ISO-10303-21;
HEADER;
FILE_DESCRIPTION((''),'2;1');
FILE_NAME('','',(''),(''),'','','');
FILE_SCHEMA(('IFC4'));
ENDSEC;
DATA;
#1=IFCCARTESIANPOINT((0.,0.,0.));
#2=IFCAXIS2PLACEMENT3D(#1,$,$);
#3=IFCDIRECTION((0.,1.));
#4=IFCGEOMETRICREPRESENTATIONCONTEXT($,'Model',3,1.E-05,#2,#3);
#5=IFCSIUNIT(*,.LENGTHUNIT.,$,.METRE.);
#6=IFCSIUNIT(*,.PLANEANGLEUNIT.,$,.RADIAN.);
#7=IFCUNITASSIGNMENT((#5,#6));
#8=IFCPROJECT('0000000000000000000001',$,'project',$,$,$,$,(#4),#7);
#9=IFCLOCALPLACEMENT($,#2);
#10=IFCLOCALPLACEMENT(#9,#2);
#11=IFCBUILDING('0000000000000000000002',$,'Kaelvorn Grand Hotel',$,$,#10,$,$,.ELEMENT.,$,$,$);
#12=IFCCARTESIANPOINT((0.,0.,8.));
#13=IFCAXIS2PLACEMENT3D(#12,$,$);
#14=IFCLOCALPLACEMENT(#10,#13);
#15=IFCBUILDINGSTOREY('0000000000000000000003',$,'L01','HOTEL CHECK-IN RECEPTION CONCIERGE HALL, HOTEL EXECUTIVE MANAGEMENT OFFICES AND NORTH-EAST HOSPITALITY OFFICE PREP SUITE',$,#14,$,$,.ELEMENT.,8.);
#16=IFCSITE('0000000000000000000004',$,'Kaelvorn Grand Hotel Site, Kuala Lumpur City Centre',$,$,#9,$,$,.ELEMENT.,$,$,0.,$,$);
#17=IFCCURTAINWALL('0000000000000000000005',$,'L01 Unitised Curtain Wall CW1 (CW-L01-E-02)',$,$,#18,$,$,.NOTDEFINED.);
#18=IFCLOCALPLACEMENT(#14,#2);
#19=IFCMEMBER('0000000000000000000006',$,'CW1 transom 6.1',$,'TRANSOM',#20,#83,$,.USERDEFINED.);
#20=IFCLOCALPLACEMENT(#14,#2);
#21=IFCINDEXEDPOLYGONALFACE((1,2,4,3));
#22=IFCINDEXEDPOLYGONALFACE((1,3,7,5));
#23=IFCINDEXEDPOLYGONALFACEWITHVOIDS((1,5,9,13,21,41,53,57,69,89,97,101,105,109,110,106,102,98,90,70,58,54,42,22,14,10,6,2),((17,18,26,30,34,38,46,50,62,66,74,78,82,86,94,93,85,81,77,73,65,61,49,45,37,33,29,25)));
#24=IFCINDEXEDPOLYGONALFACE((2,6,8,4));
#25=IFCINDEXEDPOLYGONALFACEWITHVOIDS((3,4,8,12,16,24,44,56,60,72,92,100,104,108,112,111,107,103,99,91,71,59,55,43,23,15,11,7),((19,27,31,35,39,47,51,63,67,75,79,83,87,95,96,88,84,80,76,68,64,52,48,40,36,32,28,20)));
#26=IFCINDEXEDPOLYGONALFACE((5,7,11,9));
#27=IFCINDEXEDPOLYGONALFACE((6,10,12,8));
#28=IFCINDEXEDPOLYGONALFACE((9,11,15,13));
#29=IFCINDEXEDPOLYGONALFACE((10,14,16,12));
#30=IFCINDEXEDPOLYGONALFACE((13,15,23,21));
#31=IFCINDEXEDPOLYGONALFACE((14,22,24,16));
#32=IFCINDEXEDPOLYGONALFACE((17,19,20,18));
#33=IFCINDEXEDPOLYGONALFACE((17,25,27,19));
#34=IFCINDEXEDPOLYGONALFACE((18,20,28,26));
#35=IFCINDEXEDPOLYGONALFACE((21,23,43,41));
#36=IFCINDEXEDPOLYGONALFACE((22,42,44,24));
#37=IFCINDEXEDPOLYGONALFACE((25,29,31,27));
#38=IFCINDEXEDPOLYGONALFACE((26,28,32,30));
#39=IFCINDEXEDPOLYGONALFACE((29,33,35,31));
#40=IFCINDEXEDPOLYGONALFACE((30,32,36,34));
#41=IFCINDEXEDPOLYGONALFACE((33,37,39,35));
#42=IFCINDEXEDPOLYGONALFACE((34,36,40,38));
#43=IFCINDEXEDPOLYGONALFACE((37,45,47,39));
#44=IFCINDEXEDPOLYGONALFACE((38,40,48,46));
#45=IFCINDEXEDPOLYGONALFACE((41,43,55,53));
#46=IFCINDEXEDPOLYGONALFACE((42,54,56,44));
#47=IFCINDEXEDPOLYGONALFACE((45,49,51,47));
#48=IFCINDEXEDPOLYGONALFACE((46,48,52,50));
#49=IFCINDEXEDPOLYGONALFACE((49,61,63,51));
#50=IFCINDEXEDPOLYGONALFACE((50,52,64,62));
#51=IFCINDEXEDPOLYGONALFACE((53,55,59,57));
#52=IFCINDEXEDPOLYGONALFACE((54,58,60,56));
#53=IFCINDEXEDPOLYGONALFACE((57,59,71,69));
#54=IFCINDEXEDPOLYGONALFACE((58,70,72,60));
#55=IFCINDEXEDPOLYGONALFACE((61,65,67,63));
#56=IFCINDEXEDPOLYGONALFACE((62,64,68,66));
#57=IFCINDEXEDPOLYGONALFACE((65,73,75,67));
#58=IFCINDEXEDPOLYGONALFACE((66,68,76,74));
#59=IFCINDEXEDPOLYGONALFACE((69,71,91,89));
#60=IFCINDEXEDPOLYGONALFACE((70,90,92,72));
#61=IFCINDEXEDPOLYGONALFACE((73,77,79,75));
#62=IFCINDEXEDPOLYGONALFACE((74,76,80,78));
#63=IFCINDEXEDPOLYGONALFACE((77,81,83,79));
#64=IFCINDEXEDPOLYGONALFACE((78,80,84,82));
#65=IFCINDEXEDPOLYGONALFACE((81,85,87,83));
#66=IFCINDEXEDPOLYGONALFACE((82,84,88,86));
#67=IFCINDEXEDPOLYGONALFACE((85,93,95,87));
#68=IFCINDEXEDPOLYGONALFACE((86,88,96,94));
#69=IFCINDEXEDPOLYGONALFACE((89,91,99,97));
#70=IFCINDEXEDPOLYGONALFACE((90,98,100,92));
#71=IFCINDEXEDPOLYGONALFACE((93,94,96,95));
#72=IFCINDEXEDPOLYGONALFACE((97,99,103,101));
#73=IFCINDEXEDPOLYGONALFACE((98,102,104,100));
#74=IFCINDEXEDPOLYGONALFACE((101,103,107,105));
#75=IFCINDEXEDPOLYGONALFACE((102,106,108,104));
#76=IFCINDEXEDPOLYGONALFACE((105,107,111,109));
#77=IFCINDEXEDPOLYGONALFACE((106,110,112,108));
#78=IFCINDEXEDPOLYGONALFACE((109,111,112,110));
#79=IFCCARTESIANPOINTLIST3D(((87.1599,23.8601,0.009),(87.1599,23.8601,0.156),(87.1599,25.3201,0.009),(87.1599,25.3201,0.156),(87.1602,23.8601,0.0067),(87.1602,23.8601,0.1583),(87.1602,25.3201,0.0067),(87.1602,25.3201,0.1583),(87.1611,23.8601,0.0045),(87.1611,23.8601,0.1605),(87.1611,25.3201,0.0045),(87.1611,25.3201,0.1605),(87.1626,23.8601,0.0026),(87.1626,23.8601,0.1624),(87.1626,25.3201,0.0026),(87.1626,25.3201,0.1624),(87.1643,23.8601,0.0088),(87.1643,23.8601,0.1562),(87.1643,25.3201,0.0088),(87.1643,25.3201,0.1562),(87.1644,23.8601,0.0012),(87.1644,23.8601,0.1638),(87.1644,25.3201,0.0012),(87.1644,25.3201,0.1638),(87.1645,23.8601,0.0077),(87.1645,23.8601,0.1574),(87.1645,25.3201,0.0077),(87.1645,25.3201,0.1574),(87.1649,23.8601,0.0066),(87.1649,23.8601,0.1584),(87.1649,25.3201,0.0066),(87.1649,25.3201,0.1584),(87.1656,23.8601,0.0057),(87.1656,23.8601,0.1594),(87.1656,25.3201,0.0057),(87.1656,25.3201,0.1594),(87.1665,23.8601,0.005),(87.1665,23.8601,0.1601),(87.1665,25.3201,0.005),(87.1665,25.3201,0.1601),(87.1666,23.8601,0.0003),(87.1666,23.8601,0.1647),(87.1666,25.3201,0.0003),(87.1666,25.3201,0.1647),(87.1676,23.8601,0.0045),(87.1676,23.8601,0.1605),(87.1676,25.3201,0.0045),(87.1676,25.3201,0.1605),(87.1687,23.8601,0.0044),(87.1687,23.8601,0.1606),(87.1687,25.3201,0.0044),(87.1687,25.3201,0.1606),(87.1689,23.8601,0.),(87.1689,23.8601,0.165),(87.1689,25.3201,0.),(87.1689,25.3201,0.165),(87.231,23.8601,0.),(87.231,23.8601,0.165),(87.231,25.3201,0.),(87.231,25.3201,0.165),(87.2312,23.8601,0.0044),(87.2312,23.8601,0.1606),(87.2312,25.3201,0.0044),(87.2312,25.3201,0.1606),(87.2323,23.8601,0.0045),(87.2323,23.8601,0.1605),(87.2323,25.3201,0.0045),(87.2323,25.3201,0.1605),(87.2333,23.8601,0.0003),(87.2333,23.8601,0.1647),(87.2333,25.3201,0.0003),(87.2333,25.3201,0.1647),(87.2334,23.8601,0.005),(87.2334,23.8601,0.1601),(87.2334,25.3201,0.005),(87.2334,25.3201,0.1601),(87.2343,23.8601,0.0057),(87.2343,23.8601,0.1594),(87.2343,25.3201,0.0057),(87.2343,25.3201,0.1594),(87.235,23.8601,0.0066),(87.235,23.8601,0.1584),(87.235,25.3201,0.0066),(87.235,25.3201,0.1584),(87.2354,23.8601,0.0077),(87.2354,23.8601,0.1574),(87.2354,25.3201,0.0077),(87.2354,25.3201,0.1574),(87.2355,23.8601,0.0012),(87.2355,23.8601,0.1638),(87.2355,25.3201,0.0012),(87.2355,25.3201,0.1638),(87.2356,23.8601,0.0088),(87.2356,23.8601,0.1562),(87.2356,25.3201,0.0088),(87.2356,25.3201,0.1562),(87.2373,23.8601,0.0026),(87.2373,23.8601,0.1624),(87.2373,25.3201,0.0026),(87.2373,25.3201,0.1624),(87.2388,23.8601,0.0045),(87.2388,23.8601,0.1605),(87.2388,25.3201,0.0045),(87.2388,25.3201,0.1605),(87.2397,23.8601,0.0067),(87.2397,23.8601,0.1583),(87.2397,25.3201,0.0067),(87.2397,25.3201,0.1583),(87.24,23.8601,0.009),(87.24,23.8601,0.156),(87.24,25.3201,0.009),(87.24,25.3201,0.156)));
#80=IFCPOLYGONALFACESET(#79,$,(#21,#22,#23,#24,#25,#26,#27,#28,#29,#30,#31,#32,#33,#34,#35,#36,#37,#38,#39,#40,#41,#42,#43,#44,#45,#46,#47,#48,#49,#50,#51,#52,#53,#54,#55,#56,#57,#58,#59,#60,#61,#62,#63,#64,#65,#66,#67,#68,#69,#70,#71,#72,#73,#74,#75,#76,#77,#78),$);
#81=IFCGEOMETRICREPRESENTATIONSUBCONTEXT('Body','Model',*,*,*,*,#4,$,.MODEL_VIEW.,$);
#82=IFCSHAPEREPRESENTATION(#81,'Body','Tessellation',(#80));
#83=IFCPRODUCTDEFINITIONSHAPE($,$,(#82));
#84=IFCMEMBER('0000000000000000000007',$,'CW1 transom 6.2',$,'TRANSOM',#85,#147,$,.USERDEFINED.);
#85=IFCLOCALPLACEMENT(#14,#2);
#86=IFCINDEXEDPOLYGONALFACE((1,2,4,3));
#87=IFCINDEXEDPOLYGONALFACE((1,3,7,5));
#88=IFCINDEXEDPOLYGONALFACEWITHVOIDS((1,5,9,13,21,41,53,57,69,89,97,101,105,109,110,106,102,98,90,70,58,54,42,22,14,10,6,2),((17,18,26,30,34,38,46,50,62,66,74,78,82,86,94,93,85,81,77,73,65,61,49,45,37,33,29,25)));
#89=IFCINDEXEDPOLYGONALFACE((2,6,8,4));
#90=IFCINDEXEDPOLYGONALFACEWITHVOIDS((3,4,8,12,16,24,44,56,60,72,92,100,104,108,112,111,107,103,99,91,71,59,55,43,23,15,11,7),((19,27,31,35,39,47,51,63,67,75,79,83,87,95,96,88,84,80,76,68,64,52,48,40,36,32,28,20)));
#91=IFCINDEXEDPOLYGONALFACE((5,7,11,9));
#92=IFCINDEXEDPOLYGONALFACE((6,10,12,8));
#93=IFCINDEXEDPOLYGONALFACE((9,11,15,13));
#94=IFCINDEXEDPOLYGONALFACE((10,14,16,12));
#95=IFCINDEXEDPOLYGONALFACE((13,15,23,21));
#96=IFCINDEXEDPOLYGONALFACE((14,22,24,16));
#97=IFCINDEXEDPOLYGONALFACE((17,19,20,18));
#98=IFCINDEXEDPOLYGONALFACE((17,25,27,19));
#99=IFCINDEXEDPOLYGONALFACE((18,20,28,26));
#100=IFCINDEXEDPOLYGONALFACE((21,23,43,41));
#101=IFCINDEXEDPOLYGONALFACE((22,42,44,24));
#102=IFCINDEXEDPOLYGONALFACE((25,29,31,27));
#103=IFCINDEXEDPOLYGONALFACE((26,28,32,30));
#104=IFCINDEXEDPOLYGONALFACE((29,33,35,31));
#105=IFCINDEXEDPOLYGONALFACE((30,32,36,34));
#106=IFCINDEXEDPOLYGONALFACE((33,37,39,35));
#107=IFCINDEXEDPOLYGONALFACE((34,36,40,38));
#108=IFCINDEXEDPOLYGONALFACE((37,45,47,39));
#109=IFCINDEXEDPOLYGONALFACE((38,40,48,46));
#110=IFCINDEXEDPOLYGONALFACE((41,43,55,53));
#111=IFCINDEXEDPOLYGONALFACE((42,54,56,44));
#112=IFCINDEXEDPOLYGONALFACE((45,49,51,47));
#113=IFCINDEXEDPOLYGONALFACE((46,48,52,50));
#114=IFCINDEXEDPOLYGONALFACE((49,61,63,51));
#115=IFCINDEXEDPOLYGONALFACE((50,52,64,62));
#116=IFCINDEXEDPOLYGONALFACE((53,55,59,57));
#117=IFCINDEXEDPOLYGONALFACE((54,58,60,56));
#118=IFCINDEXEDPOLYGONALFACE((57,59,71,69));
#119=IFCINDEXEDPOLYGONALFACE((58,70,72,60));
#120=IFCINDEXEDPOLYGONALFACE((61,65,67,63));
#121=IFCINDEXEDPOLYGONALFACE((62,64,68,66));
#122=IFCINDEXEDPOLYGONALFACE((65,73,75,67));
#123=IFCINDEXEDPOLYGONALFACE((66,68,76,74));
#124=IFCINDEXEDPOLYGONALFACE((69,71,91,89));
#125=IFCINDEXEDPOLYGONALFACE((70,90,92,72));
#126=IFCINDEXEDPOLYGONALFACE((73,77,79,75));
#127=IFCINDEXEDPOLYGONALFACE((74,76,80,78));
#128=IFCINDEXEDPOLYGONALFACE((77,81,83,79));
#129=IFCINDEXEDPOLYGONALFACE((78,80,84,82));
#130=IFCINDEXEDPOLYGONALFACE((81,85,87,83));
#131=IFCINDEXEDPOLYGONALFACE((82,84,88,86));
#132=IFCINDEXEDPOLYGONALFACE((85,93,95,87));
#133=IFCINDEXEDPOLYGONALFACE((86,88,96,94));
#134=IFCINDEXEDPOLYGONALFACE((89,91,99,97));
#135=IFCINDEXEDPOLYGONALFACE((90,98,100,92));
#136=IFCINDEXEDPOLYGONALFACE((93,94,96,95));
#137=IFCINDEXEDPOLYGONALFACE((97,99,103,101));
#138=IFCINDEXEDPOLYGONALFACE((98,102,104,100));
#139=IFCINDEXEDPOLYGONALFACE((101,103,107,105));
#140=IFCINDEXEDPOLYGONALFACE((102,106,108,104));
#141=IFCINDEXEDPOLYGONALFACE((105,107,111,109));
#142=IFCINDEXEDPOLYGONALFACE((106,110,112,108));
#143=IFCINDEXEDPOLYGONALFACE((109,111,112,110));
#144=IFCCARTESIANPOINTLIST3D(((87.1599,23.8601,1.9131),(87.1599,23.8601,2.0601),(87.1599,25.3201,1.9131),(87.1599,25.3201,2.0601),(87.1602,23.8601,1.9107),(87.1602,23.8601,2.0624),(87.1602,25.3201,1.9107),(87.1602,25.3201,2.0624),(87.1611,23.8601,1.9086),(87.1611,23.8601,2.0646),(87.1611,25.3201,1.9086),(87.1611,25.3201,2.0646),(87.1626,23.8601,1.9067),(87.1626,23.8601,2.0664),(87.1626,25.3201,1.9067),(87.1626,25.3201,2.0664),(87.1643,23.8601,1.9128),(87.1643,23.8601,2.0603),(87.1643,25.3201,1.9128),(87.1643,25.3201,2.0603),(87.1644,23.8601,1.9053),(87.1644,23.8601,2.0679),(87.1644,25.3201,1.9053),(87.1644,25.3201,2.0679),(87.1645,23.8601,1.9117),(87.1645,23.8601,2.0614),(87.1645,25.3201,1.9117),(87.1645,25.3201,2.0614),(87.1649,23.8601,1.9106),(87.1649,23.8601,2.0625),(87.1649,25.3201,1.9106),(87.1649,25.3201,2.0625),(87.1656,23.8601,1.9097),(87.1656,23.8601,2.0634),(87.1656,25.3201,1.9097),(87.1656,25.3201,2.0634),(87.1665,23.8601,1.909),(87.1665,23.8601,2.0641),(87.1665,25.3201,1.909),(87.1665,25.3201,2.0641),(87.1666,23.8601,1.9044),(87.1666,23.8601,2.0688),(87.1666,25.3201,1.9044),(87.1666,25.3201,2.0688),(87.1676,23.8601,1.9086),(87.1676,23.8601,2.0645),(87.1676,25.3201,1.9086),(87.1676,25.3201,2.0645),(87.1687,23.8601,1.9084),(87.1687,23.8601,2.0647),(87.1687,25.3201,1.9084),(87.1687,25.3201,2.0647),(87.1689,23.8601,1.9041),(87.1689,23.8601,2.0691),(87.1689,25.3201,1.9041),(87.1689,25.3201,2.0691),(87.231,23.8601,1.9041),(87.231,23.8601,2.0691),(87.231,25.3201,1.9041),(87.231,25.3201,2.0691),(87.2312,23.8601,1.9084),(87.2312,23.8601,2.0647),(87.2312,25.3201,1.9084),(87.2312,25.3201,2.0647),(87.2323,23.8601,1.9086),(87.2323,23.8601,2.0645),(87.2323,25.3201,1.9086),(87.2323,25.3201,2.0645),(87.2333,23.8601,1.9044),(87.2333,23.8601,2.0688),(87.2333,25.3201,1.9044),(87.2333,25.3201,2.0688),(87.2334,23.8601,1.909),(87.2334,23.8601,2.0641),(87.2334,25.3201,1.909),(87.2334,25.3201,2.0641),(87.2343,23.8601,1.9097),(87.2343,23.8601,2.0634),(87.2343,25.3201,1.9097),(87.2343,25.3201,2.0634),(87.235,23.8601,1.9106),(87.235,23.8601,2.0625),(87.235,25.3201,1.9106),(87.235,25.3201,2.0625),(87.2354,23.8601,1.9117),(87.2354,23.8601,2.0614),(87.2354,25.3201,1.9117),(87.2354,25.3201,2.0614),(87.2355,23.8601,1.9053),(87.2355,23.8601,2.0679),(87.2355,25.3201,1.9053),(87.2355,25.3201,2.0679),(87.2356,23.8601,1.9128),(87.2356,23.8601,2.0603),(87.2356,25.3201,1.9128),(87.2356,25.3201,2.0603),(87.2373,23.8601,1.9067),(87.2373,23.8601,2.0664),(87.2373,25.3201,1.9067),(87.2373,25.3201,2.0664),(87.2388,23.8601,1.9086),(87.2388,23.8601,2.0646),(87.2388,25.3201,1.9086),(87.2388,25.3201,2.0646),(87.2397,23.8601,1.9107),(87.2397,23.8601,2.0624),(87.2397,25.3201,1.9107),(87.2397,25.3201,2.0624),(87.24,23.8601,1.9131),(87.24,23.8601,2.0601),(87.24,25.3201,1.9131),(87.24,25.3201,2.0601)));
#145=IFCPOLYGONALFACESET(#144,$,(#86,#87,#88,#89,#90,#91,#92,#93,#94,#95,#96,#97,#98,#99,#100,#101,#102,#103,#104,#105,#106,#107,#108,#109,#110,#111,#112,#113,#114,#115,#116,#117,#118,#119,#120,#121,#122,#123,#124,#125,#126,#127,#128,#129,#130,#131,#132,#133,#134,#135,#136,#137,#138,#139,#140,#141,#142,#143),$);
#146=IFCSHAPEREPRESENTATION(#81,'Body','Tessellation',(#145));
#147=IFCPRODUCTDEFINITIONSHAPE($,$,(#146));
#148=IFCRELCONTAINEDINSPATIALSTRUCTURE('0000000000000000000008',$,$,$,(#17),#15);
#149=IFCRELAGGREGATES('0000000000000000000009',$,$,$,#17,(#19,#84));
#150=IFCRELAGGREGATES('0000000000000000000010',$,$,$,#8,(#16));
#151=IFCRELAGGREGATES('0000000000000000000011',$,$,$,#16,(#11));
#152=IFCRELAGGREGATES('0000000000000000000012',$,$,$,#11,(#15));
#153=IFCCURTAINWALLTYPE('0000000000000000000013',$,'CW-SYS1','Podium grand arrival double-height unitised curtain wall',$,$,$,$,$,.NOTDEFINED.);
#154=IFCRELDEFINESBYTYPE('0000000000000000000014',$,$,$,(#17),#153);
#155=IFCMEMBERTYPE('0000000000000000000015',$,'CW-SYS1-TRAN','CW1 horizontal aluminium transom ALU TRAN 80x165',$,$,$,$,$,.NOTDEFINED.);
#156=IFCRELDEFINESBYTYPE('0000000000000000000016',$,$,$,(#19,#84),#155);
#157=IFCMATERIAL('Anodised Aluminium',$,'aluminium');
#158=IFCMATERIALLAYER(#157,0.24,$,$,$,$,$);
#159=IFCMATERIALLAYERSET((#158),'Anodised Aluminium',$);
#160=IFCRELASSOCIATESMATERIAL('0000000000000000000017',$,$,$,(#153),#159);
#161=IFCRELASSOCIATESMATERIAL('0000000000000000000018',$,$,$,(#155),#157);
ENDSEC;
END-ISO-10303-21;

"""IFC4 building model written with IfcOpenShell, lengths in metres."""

from ifc_helpers import new_model, si_unit, direction, frame, origin, origin_2d, place, context, subcontext, project, spatial, hollow_rectangle, extrude, material, layer, layer_set, material_profile, profile_set, type_object, element, aggregate, save


model = new_model("IFC4")

# Units and contexts
model_context = context("Model", 3, precision=1e-05, world=origin(), true_north=direction((0.0, 1.0)))
body_context = subcontext(model_context, "Body", "Model", "MODEL_VIEW")
ifc_project = project(units=[si_unit("LENGTHUNIT", "METRE"), si_unit("PLANEANGLEUNIT", "RADIAN")], contexts=[model_context])

# Site, building, storey
site_placement = place(None, origin())
site = spatial("IfcSite", under=ifc_project, at=site_placement, Name="Kaelvorn Grand Hotel Site, Kuala Lumpur City Centre", CompositionType="ELEMENT", RefElevation=0.0)
building_placement = place(site_placement, origin())
building = spatial("IfcBuilding", under=site, at=building_placement, Name="Kaelvorn Grand Hotel", CompositionType="ELEMENT")
storey_placement = place(building_placement, frame((0.0, 0.0, 8.0)))
storey = spatial("IfcBuildingStorey", under=building, at=storey_placement, Name="L01", Description="HOTEL CHECK-IN RECEPTION CONCIERGE HALL, HOTEL EXECUTIVE MANAGEMENT OFFICES AND NORTH-EAST HOSPITALITY OFFICE PREP SUITE", CompositionType="ELEMENT", Elevation=8.0)

# Curtain wall, members
ifc_material_1 = material(Name="Anodised Aluminium", Category="aluminium")
ifc_layer_1 = layer(ifc_material_1, 0.24)
ifc_layer_set_1 = layer_set([ifc_layer_1], Name="Anodised Aluminium")
curtain_wall_type = type_object("IfcCurtainWallType", Name="CW-SYS1", Description="Podium grand arrival double-height unitised curtain wall", PredefinedType="NOTDEFINED", material=ifc_layer_set_1)
curtain_wall_placement = place(storey_placement, origin())
curtain_wall = element("IfcCurtainWall", 1, at=curtain_wall_placement, inside=storey, type_object=curtain_wall_type, Name="L01 Unitised Curtain Wall CW1 (CW-L01-E-02)", PredefinedType="NOTDEFINED")
ifc_material_profile_1 = material_profile(ifc_material_1, hollow_rectangle(XDim=0.0801, YDim=0.165, WallThickness=0.0044, InnerFilletRadius=0.0044, OuterFilletRadius=0.009, at=origin_2d()), Name="ALU TRAN 80x165")
ifc_profile_set_1 = profile_set([ifc_material_profile_1], Name="Anodised Aluminium")
member_type_1 = type_object("IfcMemberType", Name="CW-SYS1-TRAN", Description="CW1 horizontal aluminium transom ALU TRAN 80x165", PredefinedType="NOTDEFINED", material=ifc_profile_set_1)
member_1_placement = place(storey_placement, frame((87.2, 23.8601, 0.0825), z_axis=(0.0, 1.0, 0.0), x_axis=(-1.0, 0.0, 0.0)))
member_1 = element("IfcMember", 2, at=member_1_placement, type_object=member_type_1, Name="CW1 transom 6.1", ObjectType="TRANSOM", PredefinedType="USERDEFINED", context=body_context, shape_type="SweptSolid", body=[
    extrude(hollow_rectangle(XDim=0.0801, YDim=0.165, WallThickness=0.0044, InnerFilletRadius=0.0044, OuterFilletRadius=0.009, at=origin_2d()), origin(), (0.0, 0.0, 1.0), 1.46),
])
member_2_placement = place(storey_placement, frame((87.2, 23.8601, 1.9866), z_axis=(0.0, 1.0, 0.0), x_axis=(-1.0, 0.0, 0.0)))
member_2 = element("IfcMember", 3, at=member_2_placement, type_object=member_type_1, Name="CW1 transom 6.2", ObjectType="TRANSOM", PredefinedType="USERDEFINED", context=body_context, shape_type="SweptSolid", body=[
    extrude(hollow_rectangle(XDim=0.0801, YDim=0.165, WallThickness=0.0044, InnerFilletRadius=0.0044, OuterFilletRadius=0.009, at=origin_2d()), origin(), (0.0, 0.0, 1.0), 1.46),
])
aggregate(curtain_wall, [member_1, member_2])

save(model, "model.ifc")
